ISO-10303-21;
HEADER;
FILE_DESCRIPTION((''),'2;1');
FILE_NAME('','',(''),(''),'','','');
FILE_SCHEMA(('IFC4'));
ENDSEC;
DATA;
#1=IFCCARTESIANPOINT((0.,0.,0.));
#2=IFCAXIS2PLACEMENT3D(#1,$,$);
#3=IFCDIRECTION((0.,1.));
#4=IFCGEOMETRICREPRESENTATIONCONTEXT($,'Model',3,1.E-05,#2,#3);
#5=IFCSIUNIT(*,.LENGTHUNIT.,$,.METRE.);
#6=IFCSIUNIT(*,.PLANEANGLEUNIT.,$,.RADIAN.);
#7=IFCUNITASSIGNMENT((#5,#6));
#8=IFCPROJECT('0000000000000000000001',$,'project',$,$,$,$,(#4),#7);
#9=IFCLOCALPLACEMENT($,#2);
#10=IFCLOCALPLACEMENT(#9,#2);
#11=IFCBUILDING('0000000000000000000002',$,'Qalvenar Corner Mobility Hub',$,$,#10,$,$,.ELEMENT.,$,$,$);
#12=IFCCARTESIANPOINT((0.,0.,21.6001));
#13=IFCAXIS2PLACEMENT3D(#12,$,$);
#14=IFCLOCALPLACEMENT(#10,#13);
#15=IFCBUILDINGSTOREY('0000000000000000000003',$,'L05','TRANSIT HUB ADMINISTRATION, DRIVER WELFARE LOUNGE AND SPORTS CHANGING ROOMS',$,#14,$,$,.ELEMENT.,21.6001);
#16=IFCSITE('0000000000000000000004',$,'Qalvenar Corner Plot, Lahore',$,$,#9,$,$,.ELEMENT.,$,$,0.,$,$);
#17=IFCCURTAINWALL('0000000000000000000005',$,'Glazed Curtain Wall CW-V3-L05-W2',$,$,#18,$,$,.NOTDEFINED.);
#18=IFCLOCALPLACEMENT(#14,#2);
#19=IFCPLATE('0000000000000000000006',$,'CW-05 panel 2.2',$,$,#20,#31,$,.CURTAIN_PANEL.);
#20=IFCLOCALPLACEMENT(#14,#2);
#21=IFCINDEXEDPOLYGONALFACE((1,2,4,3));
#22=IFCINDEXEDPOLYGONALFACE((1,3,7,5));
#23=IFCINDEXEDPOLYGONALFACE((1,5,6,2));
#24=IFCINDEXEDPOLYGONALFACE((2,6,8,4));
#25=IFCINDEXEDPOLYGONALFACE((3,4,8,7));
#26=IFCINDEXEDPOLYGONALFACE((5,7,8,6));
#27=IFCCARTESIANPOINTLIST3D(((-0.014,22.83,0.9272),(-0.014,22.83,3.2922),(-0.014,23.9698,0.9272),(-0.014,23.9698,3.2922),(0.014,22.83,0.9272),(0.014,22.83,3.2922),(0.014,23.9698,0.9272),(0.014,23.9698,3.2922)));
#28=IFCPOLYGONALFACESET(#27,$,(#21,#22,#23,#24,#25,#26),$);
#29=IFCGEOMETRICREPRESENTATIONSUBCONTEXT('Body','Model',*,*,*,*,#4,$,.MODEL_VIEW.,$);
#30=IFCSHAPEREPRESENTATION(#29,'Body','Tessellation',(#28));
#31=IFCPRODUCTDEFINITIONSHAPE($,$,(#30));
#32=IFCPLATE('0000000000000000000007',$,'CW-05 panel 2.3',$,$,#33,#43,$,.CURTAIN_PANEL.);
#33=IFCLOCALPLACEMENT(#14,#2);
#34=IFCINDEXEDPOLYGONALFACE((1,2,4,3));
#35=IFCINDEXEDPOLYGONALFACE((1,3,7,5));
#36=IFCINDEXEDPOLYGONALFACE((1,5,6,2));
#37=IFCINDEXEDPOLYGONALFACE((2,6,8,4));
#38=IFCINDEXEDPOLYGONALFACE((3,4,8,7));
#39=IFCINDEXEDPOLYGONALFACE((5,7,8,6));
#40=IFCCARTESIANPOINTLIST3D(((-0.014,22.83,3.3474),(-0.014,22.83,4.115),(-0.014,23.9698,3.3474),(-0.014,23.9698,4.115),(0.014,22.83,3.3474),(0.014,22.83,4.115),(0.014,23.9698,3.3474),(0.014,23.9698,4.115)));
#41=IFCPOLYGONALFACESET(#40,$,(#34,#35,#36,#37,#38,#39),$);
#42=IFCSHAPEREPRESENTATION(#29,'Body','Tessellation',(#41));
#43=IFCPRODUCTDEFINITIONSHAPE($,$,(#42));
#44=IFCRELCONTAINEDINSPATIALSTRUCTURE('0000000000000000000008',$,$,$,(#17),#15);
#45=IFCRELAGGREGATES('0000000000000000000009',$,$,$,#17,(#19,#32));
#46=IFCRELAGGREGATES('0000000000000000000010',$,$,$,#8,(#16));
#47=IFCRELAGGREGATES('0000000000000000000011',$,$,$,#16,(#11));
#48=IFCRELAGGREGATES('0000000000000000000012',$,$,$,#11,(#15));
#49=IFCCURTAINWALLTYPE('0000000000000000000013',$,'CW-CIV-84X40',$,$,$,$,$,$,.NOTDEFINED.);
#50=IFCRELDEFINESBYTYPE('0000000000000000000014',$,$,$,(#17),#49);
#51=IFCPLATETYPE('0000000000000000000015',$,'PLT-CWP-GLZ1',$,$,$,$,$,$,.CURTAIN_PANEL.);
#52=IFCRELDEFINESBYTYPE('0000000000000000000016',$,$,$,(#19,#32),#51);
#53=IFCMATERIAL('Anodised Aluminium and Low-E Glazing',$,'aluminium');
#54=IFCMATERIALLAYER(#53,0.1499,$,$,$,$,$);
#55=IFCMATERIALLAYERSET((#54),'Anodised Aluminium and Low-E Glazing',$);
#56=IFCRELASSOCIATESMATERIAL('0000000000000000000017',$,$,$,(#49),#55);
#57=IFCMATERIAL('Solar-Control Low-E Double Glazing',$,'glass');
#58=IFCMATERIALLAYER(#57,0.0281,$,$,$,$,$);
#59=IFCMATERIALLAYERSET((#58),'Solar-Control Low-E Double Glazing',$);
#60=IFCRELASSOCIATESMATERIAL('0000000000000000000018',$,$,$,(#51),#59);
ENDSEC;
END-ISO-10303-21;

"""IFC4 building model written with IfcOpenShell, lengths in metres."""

from ifc_helpers import new_model, si_unit, direction, frame, origin, origin_2d, place, context, subcontext, project, spatial, rectangle, extrude, material, layer, layer_set, type_object, element, aggregate, save


model = new_model("IFC4")

# Units and contexts
model_context = context("Model", 3, precision=1e-05, world=origin(), true_north=direction((0.0, 1.0)))
body_context = subcontext(model_context, "Body", "Model", "MODEL_VIEW")
ifc_project = project(units=[si_unit("LENGTHUNIT", "METRE"), si_unit("PLANEANGLEUNIT", "RADIAN")], contexts=[model_context])

# Site, building, storey
site_placement = place(None, origin())
site = spatial("IfcSite", under=ifc_project, at=site_placement, Name="Qalvenar Corner Plot, Lahore", CompositionType="ELEMENT", RefElevation=0.0)
building_placement = place(site_placement, origin())
building = spatial("IfcBuilding", under=site, at=building_placement, Name="Qalvenar Corner Mobility Hub", CompositionType="ELEMENT")
storey_placement = place(building_placement, frame((0.0, 0.0, 21.6001)))
storey = spatial("IfcBuildingStorey", under=building, at=storey_placement, Name="L05", Description="TRANSIT HUB ADMINISTRATION, DRIVER WELFARE LOUNGE AND SPORTS CHANGING ROOMS", CompositionType="ELEMENT", Elevation=21.6001)

# Curtain wall, plates
ifc_material_1 = material(Name="Anodised Aluminium and Low-E Glazing", Category="aluminium")
ifc_layer_1 = layer(ifc_material_1, 0.1499)
ifc_layer_set_1 = layer_set([ifc_layer_1], Name="Anodised Aluminium and Low-E Glazing")
curtain_wall_type = type_object("IfcCurtainWallType", Name="CW-CIV-84X40", PredefinedType="NOTDEFINED", material=ifc_layer_set_1)
curtain_wall_placement = place(storey_placement, origin())
curtain_wall = element("IfcCurtainWall", 1, at=curtain_wall_placement, inside=storey, type_object=curtain_wall_type, Name="Glazed Curtain Wall CW-V3-L05-W2", PredefinedType="NOTDEFINED")
ifc_material_2 = material(Name="Solar-Control Low-E Double Glazing", Category="glass")
ifc_layer_2 = layer(ifc_material_2, 0.0281)
ifc_layer_set_2 = layer_set([ifc_layer_2], Name="Solar-Control Low-E Double Glazing")
plate_type = type_object("IfcPlateType", Name="PLT-CWP-GLZ1", PredefinedType="CURTAIN_PANEL", material=ifc_layer_set_2)
plate_1_placement = place(storey_placement, frame((0.0, 23.3999, 0.9272), z_axis=(0.0, 0.0, 1.0), x_axis=(0.0, -1.0, 0.0)))
plate_1 = element("IfcPlate", 2, at=plate_1_placement, type_object=plate_type, Name="CW-05 panel 2.2", PredefinedType="CURTAIN_PANEL", context=body_context, shape_type="SweptSolid", body=[
    extrude(rectangle(XDim=1.1399, YDim=0.0281, at=origin_2d()), origin(), (0.0, 0.0, 1.0), 2.365),
])
plate_2_placement = place(storey_placement, frame((0.0, 23.3999, 3.3474), z_axis=(0.0, 0.0, 1.0), x_axis=(0.0, -1.0, 0.0)))
plate_2 = element("IfcPlate", 3, at=plate_2_placement, type_object=plate_type, Name="CW-05 panel 2.3", PredefinedType="CURTAIN_PANEL", context=body_context, shape_type="SweptSolid", body=[
    extrude(rectangle(XDim=1.1399, YDim=0.0281, at=origin_2d()), origin(), (0.0, 0.0, 1.0), 0.7676),
])
aggregate(curtain_wall, [plate_1, plate_2])

save(model, "model.ifc")
